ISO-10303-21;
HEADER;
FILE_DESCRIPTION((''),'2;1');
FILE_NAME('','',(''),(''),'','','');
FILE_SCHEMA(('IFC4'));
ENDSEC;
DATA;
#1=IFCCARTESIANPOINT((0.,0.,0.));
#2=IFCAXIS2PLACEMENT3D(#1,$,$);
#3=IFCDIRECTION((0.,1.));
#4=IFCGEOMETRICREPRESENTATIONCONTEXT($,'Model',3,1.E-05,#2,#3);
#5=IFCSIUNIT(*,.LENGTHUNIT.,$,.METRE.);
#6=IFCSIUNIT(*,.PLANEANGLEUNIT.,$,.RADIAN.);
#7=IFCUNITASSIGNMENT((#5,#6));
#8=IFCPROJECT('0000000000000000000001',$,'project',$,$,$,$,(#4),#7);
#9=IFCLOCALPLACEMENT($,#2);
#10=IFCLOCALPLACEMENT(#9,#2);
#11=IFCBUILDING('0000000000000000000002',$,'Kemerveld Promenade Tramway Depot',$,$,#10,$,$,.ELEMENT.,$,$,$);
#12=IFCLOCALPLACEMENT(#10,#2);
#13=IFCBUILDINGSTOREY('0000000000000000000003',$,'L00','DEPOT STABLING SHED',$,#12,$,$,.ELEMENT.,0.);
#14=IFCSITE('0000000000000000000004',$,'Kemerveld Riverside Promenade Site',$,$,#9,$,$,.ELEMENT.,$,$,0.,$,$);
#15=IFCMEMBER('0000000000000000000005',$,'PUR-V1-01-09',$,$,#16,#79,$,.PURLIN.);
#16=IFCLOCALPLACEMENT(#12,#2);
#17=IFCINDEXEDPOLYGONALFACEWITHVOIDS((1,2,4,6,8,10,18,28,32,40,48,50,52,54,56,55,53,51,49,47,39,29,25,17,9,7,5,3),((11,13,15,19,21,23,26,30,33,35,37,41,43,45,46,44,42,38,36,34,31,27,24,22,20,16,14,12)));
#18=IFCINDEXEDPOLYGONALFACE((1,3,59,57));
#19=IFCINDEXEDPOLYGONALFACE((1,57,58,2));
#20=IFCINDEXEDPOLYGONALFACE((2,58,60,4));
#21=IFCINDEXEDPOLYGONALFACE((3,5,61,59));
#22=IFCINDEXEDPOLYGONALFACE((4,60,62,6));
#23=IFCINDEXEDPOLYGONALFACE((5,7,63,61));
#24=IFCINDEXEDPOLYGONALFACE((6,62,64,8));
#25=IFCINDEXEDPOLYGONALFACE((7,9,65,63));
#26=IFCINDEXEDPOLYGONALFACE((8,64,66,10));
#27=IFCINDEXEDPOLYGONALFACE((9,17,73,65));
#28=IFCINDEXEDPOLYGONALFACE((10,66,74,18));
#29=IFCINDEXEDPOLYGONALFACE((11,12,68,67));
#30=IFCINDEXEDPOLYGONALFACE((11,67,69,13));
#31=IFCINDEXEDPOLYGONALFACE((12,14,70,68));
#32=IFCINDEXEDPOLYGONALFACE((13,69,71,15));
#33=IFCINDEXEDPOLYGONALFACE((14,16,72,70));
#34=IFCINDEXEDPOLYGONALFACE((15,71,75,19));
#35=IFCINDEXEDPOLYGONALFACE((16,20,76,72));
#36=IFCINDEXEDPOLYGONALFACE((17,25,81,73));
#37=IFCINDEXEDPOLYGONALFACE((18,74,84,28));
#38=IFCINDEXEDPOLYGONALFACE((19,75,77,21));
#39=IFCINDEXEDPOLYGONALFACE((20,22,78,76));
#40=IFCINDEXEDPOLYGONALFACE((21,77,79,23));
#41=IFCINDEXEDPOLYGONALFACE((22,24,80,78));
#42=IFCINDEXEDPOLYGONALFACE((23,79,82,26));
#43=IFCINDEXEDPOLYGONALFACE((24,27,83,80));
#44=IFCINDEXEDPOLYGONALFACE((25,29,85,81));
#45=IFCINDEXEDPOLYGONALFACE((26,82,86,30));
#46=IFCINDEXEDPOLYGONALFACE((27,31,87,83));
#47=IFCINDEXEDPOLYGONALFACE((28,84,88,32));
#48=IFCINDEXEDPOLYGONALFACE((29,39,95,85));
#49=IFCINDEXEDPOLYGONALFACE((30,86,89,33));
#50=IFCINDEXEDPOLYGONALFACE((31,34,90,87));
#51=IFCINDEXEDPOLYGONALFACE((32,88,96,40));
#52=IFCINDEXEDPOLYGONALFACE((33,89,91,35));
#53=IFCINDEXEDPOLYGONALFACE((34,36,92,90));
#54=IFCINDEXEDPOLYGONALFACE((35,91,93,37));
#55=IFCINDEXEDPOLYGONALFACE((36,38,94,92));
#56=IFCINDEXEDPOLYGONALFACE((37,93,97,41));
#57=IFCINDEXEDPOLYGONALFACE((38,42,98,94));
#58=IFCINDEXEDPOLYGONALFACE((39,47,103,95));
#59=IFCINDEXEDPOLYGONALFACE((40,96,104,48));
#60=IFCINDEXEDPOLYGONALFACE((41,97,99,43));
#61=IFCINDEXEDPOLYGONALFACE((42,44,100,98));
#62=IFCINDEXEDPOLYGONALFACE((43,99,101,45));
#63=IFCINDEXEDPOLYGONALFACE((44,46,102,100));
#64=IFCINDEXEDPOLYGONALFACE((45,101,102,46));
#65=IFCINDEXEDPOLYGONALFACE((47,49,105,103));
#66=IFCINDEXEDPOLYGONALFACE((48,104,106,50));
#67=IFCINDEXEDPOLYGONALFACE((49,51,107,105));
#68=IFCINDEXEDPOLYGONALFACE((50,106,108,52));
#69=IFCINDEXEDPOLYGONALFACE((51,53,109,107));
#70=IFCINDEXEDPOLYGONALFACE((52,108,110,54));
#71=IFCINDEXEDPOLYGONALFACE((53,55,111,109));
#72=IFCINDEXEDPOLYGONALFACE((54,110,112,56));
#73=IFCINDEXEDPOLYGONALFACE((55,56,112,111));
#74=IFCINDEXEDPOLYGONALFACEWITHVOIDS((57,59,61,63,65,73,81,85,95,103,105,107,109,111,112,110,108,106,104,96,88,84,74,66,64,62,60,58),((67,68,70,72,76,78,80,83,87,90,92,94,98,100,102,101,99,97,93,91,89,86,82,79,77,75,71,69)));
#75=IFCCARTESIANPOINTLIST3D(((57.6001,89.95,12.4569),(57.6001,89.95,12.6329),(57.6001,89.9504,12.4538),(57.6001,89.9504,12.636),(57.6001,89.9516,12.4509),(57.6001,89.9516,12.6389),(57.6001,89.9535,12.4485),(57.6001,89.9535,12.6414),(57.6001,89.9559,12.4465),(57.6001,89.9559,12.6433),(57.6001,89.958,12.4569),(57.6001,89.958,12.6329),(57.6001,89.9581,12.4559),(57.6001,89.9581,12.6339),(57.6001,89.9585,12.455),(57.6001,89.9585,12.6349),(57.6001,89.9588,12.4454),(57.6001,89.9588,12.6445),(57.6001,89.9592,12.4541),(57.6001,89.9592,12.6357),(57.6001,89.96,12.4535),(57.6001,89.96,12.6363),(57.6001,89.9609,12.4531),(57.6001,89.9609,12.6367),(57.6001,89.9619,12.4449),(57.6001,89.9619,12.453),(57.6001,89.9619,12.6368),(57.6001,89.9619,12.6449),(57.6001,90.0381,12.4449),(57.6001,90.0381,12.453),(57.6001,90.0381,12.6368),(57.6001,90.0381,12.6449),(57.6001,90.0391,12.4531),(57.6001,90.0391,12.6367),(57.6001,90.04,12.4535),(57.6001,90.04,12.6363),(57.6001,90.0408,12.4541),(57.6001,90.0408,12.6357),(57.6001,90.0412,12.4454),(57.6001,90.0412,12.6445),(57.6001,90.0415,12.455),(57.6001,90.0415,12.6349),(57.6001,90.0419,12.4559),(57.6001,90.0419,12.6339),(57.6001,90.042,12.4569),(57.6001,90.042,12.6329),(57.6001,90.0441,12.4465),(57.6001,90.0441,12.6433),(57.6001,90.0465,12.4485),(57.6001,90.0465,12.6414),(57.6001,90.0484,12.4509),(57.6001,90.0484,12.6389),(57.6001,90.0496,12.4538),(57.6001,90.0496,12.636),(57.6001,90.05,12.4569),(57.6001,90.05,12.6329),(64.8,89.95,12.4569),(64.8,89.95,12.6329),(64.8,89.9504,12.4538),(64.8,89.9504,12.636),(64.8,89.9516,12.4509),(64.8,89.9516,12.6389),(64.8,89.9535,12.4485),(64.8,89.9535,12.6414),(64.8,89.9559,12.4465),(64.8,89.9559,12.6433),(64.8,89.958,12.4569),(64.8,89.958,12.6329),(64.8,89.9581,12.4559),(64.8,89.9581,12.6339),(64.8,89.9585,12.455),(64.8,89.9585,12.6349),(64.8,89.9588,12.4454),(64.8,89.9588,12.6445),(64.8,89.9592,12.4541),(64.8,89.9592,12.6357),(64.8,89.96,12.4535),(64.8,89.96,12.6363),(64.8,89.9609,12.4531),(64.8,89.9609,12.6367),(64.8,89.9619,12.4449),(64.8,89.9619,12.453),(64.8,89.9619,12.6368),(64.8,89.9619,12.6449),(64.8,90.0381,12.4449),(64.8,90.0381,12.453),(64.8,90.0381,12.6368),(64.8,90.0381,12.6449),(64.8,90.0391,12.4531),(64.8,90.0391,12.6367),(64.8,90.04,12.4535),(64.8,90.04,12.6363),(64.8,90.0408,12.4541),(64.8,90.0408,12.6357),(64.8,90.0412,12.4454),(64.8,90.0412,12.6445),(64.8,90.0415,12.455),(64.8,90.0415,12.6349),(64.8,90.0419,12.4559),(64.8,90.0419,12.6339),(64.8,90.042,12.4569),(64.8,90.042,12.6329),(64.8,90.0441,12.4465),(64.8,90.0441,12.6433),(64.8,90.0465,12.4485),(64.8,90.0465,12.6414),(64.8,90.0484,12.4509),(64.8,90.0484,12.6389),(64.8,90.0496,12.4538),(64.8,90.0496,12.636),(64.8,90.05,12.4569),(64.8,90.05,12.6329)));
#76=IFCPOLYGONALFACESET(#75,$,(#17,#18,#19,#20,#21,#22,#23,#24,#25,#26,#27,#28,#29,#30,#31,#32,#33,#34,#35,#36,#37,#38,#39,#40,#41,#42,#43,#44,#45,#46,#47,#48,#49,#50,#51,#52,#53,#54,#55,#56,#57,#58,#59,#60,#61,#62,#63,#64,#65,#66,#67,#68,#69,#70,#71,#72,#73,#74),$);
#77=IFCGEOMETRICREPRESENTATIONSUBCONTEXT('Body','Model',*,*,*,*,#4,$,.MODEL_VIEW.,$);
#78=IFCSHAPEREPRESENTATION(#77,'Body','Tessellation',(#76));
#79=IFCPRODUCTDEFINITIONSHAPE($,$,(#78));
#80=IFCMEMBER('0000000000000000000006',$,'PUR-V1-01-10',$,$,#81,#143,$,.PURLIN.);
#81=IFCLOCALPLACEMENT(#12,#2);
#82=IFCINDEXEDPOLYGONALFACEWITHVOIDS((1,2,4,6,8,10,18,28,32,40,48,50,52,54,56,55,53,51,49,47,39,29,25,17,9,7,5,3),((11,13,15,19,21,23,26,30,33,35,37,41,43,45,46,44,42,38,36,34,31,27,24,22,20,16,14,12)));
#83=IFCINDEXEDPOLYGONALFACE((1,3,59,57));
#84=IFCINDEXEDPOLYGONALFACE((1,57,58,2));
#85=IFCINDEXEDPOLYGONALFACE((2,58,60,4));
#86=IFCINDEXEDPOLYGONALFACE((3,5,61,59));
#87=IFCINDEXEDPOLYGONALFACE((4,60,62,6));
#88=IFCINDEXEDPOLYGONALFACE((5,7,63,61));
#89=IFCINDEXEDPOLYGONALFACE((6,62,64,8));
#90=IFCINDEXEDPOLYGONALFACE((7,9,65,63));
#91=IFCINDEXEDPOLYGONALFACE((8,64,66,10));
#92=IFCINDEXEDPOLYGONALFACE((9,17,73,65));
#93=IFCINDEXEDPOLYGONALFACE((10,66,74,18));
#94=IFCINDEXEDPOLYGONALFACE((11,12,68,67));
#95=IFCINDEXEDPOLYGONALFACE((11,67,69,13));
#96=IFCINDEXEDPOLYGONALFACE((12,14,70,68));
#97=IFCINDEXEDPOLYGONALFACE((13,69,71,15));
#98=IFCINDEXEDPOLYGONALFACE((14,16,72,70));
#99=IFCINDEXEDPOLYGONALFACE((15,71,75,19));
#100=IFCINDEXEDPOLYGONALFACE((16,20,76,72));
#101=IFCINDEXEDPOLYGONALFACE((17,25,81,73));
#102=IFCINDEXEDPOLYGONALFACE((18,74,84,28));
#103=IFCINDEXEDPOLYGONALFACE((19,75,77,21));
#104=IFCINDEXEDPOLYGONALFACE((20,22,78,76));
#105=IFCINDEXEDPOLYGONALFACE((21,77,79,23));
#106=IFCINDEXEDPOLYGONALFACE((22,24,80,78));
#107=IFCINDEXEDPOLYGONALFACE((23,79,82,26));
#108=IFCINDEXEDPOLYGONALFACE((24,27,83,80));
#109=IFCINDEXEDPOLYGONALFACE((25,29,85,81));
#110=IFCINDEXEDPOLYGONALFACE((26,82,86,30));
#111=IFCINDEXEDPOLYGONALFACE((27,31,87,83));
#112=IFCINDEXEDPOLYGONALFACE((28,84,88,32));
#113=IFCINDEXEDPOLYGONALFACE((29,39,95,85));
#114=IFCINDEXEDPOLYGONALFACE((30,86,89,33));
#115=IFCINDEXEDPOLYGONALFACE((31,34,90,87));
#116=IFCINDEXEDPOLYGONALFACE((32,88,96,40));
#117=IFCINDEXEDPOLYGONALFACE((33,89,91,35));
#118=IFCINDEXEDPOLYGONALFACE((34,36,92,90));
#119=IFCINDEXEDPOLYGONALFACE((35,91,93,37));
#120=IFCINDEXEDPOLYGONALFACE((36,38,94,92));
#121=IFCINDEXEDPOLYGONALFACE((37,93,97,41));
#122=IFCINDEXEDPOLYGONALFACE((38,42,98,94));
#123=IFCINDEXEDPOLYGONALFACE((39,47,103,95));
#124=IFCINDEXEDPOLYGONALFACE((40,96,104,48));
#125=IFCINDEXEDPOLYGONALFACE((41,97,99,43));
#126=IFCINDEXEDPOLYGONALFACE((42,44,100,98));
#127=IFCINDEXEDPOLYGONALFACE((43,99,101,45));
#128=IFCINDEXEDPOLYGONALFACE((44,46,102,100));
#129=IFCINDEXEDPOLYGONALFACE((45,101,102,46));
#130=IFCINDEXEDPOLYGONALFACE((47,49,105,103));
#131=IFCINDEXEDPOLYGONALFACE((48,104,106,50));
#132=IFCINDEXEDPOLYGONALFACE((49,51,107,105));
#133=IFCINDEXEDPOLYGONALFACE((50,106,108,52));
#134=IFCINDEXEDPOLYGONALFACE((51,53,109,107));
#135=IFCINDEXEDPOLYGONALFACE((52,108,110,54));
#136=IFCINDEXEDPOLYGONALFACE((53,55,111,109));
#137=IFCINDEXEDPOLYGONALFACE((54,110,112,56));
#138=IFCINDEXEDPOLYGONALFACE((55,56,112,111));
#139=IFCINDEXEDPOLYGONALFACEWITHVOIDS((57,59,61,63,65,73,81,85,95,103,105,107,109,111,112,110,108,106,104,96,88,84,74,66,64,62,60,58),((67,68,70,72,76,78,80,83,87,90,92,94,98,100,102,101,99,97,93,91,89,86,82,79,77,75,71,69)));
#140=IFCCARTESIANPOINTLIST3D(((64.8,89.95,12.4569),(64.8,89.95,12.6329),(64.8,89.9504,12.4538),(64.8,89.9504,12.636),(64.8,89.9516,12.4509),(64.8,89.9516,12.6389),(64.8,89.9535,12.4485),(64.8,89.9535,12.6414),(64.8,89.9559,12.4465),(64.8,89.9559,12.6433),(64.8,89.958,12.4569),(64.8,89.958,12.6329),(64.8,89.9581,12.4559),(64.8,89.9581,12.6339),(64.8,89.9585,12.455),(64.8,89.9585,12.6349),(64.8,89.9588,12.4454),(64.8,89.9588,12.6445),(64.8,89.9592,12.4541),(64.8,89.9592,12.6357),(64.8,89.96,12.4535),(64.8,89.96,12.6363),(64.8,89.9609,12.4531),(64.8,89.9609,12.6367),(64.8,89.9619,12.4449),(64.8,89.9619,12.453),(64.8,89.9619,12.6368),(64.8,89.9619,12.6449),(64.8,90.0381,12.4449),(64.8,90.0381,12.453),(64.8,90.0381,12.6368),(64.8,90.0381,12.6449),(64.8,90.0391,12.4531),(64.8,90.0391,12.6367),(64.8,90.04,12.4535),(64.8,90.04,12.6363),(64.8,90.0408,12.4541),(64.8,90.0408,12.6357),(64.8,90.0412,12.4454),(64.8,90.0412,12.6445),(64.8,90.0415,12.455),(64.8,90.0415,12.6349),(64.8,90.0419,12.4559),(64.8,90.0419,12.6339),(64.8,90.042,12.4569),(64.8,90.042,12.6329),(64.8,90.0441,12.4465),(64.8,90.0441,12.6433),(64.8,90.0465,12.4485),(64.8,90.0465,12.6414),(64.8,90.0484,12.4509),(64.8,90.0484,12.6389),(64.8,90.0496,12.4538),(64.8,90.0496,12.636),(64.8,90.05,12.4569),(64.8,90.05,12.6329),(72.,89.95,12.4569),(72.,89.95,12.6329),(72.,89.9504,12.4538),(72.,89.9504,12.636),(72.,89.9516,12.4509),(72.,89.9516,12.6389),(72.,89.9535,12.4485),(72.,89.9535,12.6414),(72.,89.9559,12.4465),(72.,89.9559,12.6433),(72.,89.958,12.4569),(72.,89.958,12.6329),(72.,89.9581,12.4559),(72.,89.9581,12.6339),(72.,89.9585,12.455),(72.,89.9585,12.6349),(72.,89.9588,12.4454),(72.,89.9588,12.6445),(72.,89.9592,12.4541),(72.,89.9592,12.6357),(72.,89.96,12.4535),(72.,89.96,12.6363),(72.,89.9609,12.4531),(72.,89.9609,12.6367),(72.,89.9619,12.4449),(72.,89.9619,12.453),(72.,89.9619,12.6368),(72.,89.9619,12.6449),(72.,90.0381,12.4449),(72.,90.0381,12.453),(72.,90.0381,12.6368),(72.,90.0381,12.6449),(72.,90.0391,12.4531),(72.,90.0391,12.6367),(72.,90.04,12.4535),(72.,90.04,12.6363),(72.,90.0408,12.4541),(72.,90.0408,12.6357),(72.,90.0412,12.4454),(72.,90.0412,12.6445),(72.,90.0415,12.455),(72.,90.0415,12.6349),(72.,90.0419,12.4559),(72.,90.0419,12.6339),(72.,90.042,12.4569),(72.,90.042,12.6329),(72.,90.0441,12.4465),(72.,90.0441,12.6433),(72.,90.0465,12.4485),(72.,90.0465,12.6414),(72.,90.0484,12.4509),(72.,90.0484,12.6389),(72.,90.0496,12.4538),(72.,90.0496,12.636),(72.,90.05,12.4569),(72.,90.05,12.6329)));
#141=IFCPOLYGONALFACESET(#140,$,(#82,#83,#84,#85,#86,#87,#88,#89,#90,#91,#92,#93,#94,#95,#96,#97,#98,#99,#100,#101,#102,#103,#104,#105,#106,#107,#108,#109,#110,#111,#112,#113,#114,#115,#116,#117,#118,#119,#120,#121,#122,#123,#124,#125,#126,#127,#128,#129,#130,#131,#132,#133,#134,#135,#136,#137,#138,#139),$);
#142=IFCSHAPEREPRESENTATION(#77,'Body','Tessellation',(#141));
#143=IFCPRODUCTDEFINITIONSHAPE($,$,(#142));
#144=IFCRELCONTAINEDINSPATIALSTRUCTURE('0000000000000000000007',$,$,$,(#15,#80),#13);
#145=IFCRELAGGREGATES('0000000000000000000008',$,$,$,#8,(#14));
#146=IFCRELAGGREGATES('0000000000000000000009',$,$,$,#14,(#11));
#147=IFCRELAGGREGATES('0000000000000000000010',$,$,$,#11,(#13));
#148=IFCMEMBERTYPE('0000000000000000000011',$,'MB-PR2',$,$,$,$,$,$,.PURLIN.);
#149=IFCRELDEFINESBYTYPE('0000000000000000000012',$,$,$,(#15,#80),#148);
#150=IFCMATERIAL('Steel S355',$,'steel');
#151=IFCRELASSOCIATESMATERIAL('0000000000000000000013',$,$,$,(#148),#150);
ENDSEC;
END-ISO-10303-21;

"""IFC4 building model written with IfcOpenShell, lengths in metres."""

from ifc_helpers import new_model, si_unit, direction, frame, origin, origin_2d, place, context, subcontext, project, spatial, hollow_rectangle, extrude, material, material_profile, profile_set, type_object, element, save


model = new_model("IFC4")

# Units and contexts
model_context = context("Model", 3, precision=1e-05, world=origin(), true_north=direction((0.0, 1.0)))
body_context = subcontext(model_context, "Body", "Model", "MODEL_VIEW")
ifc_project = project(units=[si_unit("LENGTHUNIT", "METRE"), si_unit("PLANEANGLEUNIT", "RADIAN")], contexts=[model_context])

# Site, building, storey
site_placement = place(None, origin())
site = spatial("IfcSite", under=ifc_project, at=site_placement, Name="Kemerveld Riverside Promenade Site", CompositionType="ELEMENT", RefElevation=0.0)
building_placement = place(site_placement, origin())
building = spatial("IfcBuilding", under=site, at=building_placement, Name="Kemerveld Promenade Tramway Depot", CompositionType="ELEMENT")
storey_placement = place(building_placement, origin())
storey = spatial("IfcBuildingStorey", under=building, at=storey_placement, Name="L00", Description="DEPOT STABLING SHED", CompositionType="ELEMENT", Elevation=0.0)

# Members
ifc_material_1 = material(Name="Steel S355", Category="steel")
ifc_material_profile_1 = material_profile(ifc_material_1, hollow_rectangle(XDim=0.1001, YDim=0.2, WallThickness=0.0081, InnerFilletRadius=0.0039, OuterFilletRadius=0.012, at=origin_2d()), Name="200x100x8.0 RHS")
ifc_profile_set_1 = profile_set([ifc_material_profile_1], Name="Steel S355")
member_type_1 = type_object("IfcMemberType", Name="MB-PR2", PredefinedType="PURLIN", material=ifc_profile_set_1)
for number, where, z_axis, x_axis, name in (
    (1, (57.6001, 90.0, 12.5449), (1.0, 0.0, 0.0), (0.0, 1.0, 0.0), "PUR-V1-01-09"),
    (2, (64.8, 90.0, 12.5449), (1.0, 0.0, 0.0), (0.0, 1.0, 0.0), "PUR-V1-01-10"),
):
    element("IfcMember", number, at=place(storey_placement, frame(where, z_axis=z_axis, x_axis=x_axis)), inside=storey, type_object=member_type_1, Name=name, PredefinedType="PURLIN", context=body_context, shape_type="SweptSolid", body=[
        extrude(hollow_rectangle(XDim=0.1001, YDim=0.2, WallThickness=0.0081, InnerFilletRadius=0.0039, OuterFilletRadius=0.012, at=origin_2d()), origin(), (0.0, 0.0, 1.0), 7.2),
    ])

save(model, "model.ifc")
